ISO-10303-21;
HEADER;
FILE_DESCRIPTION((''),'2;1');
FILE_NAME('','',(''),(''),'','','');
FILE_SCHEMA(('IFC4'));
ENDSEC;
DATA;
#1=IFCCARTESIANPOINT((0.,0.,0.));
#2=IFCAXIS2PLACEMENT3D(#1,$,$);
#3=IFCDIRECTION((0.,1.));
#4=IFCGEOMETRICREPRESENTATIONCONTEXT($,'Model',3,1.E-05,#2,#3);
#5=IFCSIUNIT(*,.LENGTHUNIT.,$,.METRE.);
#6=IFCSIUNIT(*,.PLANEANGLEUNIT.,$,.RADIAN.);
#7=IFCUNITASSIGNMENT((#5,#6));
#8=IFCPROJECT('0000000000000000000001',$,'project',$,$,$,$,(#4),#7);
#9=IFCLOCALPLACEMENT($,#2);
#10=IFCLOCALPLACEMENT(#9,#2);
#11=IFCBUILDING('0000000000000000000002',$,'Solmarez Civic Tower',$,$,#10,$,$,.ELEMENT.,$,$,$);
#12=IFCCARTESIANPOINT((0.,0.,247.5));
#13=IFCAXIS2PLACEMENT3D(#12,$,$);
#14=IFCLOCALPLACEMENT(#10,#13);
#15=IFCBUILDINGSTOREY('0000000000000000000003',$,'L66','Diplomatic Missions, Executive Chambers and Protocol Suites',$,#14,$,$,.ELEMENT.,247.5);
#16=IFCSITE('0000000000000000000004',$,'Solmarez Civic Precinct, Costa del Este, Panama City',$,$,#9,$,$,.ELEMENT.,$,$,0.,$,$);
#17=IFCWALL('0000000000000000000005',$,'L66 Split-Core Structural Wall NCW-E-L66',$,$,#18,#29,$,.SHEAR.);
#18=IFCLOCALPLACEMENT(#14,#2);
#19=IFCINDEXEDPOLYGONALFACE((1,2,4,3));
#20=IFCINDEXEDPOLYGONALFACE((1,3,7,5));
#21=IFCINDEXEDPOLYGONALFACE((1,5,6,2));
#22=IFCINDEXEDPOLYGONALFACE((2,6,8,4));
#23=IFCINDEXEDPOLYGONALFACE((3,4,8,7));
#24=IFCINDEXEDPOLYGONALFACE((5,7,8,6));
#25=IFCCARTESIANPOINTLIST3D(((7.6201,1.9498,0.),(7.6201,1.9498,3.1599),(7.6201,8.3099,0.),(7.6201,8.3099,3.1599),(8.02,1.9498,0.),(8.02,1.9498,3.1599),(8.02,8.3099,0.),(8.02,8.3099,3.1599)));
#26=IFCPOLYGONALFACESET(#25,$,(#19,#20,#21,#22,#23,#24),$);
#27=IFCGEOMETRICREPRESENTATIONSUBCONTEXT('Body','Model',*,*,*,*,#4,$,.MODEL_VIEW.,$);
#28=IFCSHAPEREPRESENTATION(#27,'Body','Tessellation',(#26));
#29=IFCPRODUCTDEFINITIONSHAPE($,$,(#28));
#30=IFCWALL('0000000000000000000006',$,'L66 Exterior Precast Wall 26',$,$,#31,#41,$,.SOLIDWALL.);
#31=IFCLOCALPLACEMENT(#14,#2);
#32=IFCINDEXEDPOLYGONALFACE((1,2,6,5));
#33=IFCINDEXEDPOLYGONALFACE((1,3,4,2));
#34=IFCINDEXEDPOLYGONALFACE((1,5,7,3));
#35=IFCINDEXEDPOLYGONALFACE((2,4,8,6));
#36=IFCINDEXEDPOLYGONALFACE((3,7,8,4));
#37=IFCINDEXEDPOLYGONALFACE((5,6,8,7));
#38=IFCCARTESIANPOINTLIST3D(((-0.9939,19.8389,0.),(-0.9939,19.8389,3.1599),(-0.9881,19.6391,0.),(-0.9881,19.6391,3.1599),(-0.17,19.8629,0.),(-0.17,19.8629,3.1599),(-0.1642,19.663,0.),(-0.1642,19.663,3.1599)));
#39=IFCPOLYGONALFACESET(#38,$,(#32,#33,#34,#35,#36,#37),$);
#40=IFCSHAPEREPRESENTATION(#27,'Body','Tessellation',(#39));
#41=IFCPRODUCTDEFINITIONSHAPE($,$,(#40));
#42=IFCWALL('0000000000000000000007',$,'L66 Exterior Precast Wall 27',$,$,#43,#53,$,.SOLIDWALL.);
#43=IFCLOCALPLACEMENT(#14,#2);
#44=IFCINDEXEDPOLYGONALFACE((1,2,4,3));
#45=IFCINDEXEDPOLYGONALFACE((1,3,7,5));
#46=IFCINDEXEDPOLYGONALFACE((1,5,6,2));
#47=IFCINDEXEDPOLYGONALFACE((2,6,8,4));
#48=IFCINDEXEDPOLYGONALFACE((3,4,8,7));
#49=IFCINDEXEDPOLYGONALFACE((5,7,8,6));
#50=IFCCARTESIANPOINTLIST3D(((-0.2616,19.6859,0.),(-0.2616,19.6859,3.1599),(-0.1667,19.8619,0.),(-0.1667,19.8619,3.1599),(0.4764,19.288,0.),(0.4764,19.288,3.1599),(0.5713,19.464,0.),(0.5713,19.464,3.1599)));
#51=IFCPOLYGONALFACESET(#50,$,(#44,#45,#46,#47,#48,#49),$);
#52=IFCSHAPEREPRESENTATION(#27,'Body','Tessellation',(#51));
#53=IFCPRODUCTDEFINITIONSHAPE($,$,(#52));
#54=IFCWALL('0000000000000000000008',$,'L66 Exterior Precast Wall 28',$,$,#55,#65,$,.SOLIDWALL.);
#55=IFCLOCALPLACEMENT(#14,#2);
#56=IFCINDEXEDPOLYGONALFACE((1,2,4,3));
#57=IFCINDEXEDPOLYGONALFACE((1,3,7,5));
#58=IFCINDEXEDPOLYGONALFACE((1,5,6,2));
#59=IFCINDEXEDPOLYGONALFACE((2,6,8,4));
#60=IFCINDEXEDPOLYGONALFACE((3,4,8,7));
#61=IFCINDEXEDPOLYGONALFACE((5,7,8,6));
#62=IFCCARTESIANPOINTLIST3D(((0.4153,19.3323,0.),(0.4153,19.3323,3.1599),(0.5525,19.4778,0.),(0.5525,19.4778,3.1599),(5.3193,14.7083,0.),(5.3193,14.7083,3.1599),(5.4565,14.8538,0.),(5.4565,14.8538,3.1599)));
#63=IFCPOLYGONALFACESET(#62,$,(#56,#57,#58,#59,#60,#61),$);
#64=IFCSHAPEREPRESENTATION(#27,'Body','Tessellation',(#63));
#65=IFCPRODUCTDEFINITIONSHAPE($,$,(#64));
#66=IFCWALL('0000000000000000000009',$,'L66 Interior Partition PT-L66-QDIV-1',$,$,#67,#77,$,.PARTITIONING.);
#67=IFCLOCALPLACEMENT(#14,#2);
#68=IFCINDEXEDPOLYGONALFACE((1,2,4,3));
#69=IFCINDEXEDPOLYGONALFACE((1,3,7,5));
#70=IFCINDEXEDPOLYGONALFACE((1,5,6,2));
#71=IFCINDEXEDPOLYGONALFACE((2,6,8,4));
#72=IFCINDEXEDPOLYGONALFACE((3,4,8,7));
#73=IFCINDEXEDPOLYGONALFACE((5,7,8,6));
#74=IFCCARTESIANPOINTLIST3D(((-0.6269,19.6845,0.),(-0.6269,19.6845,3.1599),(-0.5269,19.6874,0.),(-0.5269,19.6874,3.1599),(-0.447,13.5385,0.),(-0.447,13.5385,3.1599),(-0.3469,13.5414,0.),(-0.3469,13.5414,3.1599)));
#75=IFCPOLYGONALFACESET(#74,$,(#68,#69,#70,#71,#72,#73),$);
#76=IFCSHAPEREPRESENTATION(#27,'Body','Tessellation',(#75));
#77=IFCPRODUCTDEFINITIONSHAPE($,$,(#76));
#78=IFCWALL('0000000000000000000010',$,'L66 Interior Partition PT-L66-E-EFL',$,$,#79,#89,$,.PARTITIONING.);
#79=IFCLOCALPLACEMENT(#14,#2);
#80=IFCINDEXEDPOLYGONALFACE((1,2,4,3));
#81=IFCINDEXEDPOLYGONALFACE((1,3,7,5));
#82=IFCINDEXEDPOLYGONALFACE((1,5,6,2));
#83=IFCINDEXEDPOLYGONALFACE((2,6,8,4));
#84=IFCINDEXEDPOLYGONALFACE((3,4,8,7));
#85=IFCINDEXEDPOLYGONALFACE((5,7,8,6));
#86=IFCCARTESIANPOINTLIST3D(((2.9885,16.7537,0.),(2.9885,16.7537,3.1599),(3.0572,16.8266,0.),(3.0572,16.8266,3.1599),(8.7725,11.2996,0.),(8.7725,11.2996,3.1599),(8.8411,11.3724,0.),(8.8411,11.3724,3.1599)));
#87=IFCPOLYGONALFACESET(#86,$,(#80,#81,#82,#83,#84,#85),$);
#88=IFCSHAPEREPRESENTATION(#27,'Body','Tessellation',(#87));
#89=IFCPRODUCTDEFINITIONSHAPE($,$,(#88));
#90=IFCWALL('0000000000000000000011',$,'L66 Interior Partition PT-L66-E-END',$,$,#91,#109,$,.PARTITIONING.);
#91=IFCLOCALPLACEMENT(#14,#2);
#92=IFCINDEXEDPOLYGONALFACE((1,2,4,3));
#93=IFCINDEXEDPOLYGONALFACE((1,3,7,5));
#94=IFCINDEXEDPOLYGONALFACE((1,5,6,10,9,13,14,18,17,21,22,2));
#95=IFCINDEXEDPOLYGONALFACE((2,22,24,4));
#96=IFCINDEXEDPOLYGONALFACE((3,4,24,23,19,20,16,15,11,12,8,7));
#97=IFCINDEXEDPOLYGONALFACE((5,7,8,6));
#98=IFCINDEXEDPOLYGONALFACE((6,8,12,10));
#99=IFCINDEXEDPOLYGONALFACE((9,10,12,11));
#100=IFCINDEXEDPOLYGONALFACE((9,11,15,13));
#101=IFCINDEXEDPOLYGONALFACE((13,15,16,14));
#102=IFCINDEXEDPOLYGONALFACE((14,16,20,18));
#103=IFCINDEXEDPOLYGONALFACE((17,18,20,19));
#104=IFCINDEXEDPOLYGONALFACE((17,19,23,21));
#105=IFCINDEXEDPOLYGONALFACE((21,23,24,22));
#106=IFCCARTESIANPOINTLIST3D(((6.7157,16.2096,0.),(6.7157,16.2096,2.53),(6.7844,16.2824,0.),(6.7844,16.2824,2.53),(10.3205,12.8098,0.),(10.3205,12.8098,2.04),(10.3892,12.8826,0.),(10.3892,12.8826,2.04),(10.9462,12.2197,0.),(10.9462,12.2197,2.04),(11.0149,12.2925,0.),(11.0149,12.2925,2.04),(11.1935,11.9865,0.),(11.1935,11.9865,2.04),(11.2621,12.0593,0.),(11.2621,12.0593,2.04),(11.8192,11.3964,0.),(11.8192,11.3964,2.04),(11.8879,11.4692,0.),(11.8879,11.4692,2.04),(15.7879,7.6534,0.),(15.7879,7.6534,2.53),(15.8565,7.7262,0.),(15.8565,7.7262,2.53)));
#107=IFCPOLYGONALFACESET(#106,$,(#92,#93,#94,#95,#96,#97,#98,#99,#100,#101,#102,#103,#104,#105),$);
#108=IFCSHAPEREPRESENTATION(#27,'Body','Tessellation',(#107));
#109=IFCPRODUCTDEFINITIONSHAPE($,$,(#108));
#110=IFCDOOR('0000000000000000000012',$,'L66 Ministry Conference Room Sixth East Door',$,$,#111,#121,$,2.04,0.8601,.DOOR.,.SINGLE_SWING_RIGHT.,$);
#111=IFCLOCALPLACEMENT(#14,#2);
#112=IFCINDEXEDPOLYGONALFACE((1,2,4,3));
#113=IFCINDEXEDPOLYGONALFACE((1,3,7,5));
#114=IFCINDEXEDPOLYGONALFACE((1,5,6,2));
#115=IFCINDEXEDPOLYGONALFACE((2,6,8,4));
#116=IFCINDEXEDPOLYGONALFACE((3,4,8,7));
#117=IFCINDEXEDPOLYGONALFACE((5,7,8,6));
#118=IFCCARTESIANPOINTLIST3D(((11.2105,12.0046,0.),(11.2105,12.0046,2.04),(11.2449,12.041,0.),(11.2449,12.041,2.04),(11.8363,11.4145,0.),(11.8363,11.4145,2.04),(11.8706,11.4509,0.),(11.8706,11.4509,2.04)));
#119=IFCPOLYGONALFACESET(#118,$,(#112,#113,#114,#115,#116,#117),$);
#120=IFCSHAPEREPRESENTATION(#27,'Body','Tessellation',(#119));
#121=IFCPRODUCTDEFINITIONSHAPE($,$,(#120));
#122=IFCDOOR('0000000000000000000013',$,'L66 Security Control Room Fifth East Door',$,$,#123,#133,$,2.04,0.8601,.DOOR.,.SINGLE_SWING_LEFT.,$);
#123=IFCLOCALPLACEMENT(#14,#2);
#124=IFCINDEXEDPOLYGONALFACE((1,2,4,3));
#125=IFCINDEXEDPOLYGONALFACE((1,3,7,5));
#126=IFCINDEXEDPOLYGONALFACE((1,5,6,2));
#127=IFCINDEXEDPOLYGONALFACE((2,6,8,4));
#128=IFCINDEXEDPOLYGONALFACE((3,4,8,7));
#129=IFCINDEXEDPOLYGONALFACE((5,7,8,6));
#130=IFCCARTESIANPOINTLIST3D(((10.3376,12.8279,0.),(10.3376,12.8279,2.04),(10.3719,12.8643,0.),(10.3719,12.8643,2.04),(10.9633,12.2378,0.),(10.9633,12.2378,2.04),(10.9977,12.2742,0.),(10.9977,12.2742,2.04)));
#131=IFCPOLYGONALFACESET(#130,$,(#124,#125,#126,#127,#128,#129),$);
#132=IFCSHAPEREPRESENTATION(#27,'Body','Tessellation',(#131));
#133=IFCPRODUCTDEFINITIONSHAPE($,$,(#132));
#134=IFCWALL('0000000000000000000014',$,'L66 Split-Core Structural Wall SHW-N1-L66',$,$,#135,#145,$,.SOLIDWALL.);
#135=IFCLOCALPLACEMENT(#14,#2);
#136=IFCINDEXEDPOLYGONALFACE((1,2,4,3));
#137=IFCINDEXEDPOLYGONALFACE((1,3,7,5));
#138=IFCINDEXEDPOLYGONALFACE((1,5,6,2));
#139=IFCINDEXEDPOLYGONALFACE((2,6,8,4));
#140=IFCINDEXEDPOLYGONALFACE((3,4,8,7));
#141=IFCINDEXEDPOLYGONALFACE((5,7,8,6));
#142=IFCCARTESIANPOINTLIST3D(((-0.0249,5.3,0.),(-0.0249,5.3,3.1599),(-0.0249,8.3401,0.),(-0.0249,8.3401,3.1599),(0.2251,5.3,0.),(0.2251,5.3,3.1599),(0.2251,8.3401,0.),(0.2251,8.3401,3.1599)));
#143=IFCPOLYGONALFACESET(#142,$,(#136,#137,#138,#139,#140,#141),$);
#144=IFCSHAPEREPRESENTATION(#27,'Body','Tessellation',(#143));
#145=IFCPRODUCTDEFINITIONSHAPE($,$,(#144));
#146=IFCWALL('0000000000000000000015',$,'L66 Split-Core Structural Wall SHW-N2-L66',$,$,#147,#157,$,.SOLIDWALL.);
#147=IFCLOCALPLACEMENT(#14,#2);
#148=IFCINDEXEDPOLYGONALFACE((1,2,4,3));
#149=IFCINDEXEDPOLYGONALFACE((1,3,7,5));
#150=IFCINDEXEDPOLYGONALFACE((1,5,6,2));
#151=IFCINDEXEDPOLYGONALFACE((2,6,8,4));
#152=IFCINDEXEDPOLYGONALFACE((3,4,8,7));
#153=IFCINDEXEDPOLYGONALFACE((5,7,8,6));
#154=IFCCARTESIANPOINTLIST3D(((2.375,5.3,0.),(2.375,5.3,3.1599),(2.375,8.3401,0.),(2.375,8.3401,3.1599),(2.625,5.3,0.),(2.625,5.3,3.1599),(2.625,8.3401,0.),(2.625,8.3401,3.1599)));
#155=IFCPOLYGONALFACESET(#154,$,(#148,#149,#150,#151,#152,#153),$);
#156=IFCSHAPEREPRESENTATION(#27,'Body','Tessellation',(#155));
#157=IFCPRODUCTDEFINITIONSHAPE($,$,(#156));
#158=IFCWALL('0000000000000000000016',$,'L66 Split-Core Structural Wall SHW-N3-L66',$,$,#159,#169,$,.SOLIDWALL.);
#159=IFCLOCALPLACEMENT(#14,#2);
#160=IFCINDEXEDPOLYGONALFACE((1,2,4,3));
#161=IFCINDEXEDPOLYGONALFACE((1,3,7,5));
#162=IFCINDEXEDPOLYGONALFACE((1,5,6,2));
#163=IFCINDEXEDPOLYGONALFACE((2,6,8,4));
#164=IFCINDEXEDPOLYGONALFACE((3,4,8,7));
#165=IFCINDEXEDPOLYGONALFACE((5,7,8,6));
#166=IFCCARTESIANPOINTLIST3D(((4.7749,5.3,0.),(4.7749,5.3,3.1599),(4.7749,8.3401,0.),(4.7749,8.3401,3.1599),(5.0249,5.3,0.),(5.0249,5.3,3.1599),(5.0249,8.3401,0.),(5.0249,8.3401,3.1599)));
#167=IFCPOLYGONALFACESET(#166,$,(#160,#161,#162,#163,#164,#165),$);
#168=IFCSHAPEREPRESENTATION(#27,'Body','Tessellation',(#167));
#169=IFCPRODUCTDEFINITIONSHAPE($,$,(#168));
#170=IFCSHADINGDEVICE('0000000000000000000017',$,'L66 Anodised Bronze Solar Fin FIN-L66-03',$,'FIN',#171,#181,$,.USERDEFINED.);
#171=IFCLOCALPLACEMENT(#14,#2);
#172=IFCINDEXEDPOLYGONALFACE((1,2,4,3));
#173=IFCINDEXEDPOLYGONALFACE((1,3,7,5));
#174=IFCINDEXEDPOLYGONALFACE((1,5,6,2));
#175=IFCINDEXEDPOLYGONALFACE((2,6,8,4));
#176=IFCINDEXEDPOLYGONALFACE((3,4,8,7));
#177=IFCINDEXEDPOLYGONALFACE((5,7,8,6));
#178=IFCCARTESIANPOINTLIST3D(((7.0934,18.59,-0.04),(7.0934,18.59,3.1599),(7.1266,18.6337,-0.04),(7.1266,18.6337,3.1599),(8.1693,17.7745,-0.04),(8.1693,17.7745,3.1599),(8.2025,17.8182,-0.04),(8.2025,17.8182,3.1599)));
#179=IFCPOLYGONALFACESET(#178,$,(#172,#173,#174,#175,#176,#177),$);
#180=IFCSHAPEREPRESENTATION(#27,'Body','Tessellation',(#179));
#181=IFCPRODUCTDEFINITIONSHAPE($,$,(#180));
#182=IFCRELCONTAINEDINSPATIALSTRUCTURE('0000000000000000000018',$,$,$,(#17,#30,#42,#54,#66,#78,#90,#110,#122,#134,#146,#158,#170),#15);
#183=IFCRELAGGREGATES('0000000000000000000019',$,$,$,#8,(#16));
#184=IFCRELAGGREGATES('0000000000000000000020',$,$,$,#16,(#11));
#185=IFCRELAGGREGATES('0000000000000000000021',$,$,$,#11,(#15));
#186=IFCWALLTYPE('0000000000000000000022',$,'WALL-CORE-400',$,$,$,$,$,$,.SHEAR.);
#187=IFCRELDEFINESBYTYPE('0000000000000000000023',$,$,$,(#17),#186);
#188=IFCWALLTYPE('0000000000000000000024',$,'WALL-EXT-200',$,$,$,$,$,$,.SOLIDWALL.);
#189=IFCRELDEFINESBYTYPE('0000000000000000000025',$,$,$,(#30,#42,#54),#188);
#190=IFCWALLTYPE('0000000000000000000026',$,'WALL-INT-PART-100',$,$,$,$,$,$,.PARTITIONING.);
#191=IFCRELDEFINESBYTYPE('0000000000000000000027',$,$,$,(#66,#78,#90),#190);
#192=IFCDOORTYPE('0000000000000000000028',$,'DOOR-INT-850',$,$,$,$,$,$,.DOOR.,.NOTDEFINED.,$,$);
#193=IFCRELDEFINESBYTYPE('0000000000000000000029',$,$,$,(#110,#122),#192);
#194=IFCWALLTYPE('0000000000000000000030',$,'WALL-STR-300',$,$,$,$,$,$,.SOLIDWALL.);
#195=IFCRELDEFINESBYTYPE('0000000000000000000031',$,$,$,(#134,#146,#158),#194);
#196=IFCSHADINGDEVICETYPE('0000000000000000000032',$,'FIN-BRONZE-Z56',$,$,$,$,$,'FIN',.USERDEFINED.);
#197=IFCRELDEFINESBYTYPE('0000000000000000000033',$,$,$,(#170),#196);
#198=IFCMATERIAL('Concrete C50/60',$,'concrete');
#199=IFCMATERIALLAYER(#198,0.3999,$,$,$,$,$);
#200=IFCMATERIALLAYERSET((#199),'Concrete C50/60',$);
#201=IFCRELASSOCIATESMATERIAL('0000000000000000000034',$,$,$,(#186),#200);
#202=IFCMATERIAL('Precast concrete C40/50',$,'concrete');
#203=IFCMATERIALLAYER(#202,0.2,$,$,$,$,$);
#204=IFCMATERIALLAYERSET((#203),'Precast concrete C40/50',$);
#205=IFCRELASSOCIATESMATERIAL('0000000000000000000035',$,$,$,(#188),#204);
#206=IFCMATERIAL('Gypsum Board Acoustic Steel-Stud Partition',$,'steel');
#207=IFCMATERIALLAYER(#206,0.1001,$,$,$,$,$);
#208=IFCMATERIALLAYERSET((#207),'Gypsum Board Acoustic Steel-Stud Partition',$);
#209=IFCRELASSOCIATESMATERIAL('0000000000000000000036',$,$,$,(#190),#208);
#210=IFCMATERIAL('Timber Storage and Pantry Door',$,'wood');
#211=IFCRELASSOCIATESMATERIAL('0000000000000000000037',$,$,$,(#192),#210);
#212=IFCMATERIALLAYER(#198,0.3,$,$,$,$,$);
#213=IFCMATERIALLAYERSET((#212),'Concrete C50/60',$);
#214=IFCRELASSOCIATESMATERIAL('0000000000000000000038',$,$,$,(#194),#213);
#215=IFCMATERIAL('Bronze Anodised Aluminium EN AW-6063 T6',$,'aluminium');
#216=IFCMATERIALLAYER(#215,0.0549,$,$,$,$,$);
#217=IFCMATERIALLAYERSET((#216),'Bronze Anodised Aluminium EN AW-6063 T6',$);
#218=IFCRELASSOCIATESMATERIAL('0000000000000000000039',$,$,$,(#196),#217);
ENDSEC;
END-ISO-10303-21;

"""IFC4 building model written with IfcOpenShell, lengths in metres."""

from ifc_helpers import new_model, si_unit, direction, frame, frame_2d, origin, origin_2d, place, context, subcontext, project, spatial, rectangle, extrude, material, layer, layer_set, type_object, element, fill, save


model = new_model("IFC4")

# Units and contexts
model_context = context("Model", 3, precision=1e-05, world=origin(), true_north=direction((0.0, 1.0)))
body_context = subcontext(model_context, "Body", "Model", "MODEL_VIEW")
ifc_project = project(units=[si_unit("LENGTHUNIT", "METRE"), si_unit("PLANEANGLEUNIT", "RADIAN")], contexts=[model_context])

# Site, building, storey
site_placement = place(None, origin())
site = spatial("IfcSite", under=ifc_project, at=site_placement, Name="Solmarez Civic Precinct, Costa del Este, Panama City", CompositionType="ELEMENT", RefElevation=0.0)
building_placement = place(site_placement, origin())
building = spatial("IfcBuilding", under=site, at=building_placement, Name="Solmarez Civic Tower", CompositionType="ELEMENT")
storey_placement = place(building_placement, frame((0.0, 0.0, 247.5)))
storey = spatial("IfcBuildingStorey", under=building, at=storey_placement, Name="L66", Description="Diplomatic Missions, Executive Chambers and Protocol Suites", CompositionType="ELEMENT", Elevation=247.5)

# Shared definitions
ifc_material_1 = material(Name="Concrete C50/60", Category="concrete")

# Shared definitions
ifc_material_2 = material(Name="Bronze Anodised Aluminium EN AW-6063 T6", Category="aluminium")

# Walls
ifc_layer_1 = layer(ifc_material_1, 0.3999)
ifc_layer_set_1 = layer_set([ifc_layer_1], Name="Concrete C50/60")
wall_type_1 = type_object("IfcWallType", Name="WALL-CORE-400", PredefinedType="SHEAR", material=ifc_layer_set_1)
wall_1_placement = place(storey_placement, frame((7.8201, 8.3101, 0.0), z_axis=(0.0, 0.0, 1.0), x_axis=(0.0, -1.0, 0.0)))
element("IfcWall", 1, at=wall_1_placement, inside=storey, type_object=wall_type_1, Name="L66 Split-Core Structural Wall NCW-E-L66", PredefinedType="SHEAR", context=body_context, shape_type="SweptSolid", body=[
    extrude(rectangle(XDim=6.3601, YDim=0.3999, at=frame_2d((3.1802, 0.0))), origin(), (0.0, 0.0, 1.0), 3.1599),
])
ifc_material_3 = material(Name="Precast concrete C40/50", Category="concrete")
ifc_layer_2 = layer(ifc_material_3, 0.2)
ifc_layer_set_2 = layer_set([ifc_layer_2], Name="Precast concrete C40/50")
wall_type_2 = type_object("IfcWallType", Name="WALL-EXT-200", PredefinedType="SOLIDWALL", material=ifc_layer_set_2)
wall_2_placement = place(storey_placement, frame((-0.991, 19.739, 0.0), z_axis=(0.0, 0.0, 1.0), x_axis=(0.999579, 0.029025, 0.0)))
element("IfcWall", 2, at=wall_2_placement, inside=storey, type_object=wall_type_2, Name="L66 Exterior Precast Wall 26", PredefinedType="SOLIDWALL", context=body_context, shape_type="SweptSolid", body=[
    extrude(rectangle(XDim=0.8242, YDim=0.2, at=frame_2d((0.4121, 0.0))), origin(), (0.0, 0.0, 1.0), 3.1599),
])
wall_3_placement = place(storey_placement, frame((-0.2141, 19.7739, 0.0), z_axis=(0.0, 0.0, 1.0), x_axis=(0.8802, -0.474603, 0.0)))
element("IfcWall", 3, at=wall_3_placement, inside=storey, type_object=wall_type_2, Name="L66 Exterior Precast Wall 27", PredefinedType="SOLIDWALL", context=body_context, shape_type="SweptSolid", body=[
    extrude(rectangle(XDim=0.8384, YDim=0.2, at=frame_2d((0.4192, 0.0))), origin(), (0.0, 0.0, 1.0), 3.1599),
])
wall_4_placement = place(storey_placement, frame((0.4839, 19.405, 0.0), z_axis=(0.0, 0.0, 1.0), x_axis=(0.727574, -0.686029, 0.0)))
element("IfcWall", 4, at=wall_4_placement, inside=storey, type_object=wall_type_2, Name="L66 Exterior Precast Wall 28", PredefinedType="SOLIDWALL", context=body_context, shape_type="SweptSolid", body=[
    extrude(rectangle(XDim=6.7402, YDim=0.2, at=frame_2d((3.3701, 0.0))), origin(), (0.0, 0.0, 1.0), 3.1599),
])
ifc_material_4 = material(Name="Gypsum Board Acoustic Steel-Stud Partition", Category="steel")
ifc_layer_3 = layer(ifc_material_4, 0.1001)
ifc_layer_set_3 = layer_set([ifc_layer_3], Name="Gypsum Board Acoustic Steel-Stud Partition")
wall_type_3 = type_object("IfcWallType", Name="WALL-INT-PART-100", PredefinedType="PARTITIONING", material=ifc_layer_set_3)
wall_5_placement = place(storey_placement, frame((-0.397, 13.54, 0.0), z_axis=(0.0, 0.0, 1.0), x_axis=(-0.029264, 0.999572, 0.0)))
element("IfcWall", 5, at=wall_5_placement, inside=storey, type_object=wall_type_3, Name="L66 Interior Partition PT-L66-QDIV-1", PredefinedType="PARTITIONING", context=body_context, shape_type="SweptSolid", body=[
    extrude(rectangle(XDim=6.1487, YDim=0.1001, at=frame_2d((3.0742, 0.0))), origin(), (0.0, 0.0, 1.0), 3.1599),
])
wall_6_placement = place(storey_placement, frame((8.8069, 11.3359, 0.0), z_axis=(0.0, 0.0, 1.0), x_axis=(-0.727547, 0.686058, 0.0)))
element("IfcWall", 6, at=wall_6_placement, inside=storey, type_object=wall_type_3, Name="L66 Interior Partition PT-L66-E-EFL", PredefinedType="PARTITIONING", context=body_context, shape_type="SweptSolid", body=[
    extrude(rectangle(XDim=7.95, YDim=0.1001, at=frame_2d((3.9751, 0.0))), origin(), (0.0, 0.0, 1.0), 3.1599),
])

# Wall, openings, doors
wall_7_placement = place(storey_placement, frame((6.75, 16.2461, 0.0), z_axis=(0.0, 0.0, 1.0), x_axis=(0.727488, -0.68612, 0.0)))
wall_7 = element("IfcWall", 7, at=wall_7_placement, inside=storey, type_object=wall_type_3, Name="L66 Interior Partition PT-L66-E-END", PredefinedType="PARTITIONING", context=body_context, shape_type="SweptSolid", body=[
    extrude(rectangle(XDim=12.4705, YDim=0.1001, at=frame_2d((6.2354, 0.0))), origin(), (0.0, 0.0, 1.0), 2.53),
])
opening_1_placement = place(wall_7_placement, frame((6.155, 0.0, 0.0)))
opening_1 = element("IfcOpeningElement", 8, at=opening_1_placement, cuts=wall_7, PredefinedType="OPENING", context=body_context, shape_type="SweptSolid", body=[
    extrude(rectangle(XDim=0.8601, YDim=2.04, at=frame_2d((0.4302, 1.02))), frame((0.0, 0.0601, 0.0), z_axis=(0.0, -1.0, 0.0), x_axis=(1.0, 0.0, 0.0)), (0.0, 0.0, 1.0), 0.1201),
])
opening_2_placement = place(wall_7_placement, frame((4.9551, 0.0, 0.0)))
opening_2 = element("IfcOpeningElement", 9, at=opening_2_placement, cuts=wall_7, PredefinedType="OPENING", context=body_context, shape_type="SweptSolid", body=[
    extrude(rectangle(XDim=0.8601, YDim=2.04, at=frame_2d((0.4302, 1.02))), frame((0.0, 0.0601, 0.0), z_axis=(0.0, -1.0, 0.0), x_axis=(1.0, 0.0, 0.0)), (0.0, 0.0, 1.0), 0.1201),
])
ifc_material_5 = material(Name="Timber Storage and Pantry Door", Category="wood")
door_type_1 = type_object("IfcDoorType", Name="DOOR-INT-850", OperationType="NOTDEFINED", PredefinedType="DOOR", material=ifc_material_5)
door_1_placement = place(opening_1_placement, origin())
door_1 = element("IfcDoor", 10, at=door_1_placement, inside=storey, type_object=door_type_1, Name="L66 Ministry Conference Room Sixth East Door", OperationType="SINGLE_SWING_RIGHT", OverallHeight=2.04, OverallWidth=0.8601, PredefinedType="DOOR", context=body_context, shape_type="SweptSolid", body=[
    extrude(rectangle(XDim=0.8601, YDim=2.04, at=frame_2d((0.4302, 1.02))), frame((0.0, 0.0249, 0.0), z_axis=(0.0, -1.0, 0.0), x_axis=(1.0, 0.0, 0.0)), (0.0, 0.0, 1.0), 0.05),
])
fill(opening_1, door_1)
door_2_placement = place(opening_2_placement, origin())
door_2 = element("IfcDoor", 11, at=door_2_placement, inside=storey, type_object=door_type_1, Name="L66 Security Control Room Fifth East Door", OperationType="SINGLE_SWING_LEFT", OverallHeight=2.04, OverallWidth=0.8601, PredefinedType="DOOR", context=body_context, shape_type="SweptSolid", body=[
    extrude(rectangle(XDim=0.8601, YDim=2.04, at=frame_2d((0.4302, 1.02))), frame((0.0, 0.0249, 0.0), z_axis=(0.0, -1.0, 0.0), x_axis=(1.0, 0.0, 0.0)), (0.0, 0.0, 1.0), 0.05),
])
fill(opening_2, door_2)
ifc_layer_4 = layer(ifc_material_1, 0.3)
ifc_layer_set_4 = layer_set([ifc_layer_4], Name="Concrete C50/60")
wall_type_4 = type_object("IfcWallType", Name="WALL-STR-300", PredefinedType="SOLIDWALL", material=ifc_layer_set_4)

# Walls
for number, where, z_axis, x_axis, name in (
    (12, (0.1001, 5.3, 0.0), (0.0, 0.0, 1.0), (0.0, 1.0, 0.0), "L66 Split-Core Structural Wall SHW-N1-L66"),
    (13, (2.5, 5.3, 0.0), (0.0, 0.0, 1.0), (0.0, 1.0, 0.0), "L66 Split-Core Structural Wall SHW-N2-L66"),
    (14, (4.8999, 5.3, 0.0), (0.0, 0.0, 1.0), (0.0, 1.0, 0.0), "L66 Split-Core Structural Wall SHW-N3-L66"),
):
    element("IfcWall", number, at=place(storey_placement, frame(where, z_axis=z_axis, x_axis=x_axis)), inside=storey, type_object=wall_type_4, Name=name, PredefinedType="SOLIDWALL", context=body_context, shape_type="SweptSolid", body=[
        extrude(rectangle(XDim=3.04, YDim=0.25, at=frame_2d((1.52, 0.0))), origin(), (0.0, 0.0, 1.0), 3.1599),
    ])

# Shading device
ifc_layer_5 = layer(ifc_material_2, 0.0549)
ifc_layer_set_5 = layer_set([ifc_layer_5], Name="Bronze Anodised Aluminium EN AW-6063 T6")
shading_device_type = type_object("IfcShadingDeviceType", Name="FIN-BRONZE-Z56", ElementType="FIN", PredefinedType="USERDEFINED", material=ifc_layer_set_5)
shading_device_placement = place(storey_placement, frame((7.6479, 18.2041, -0.04), z_axis=(0.0, 0.0, 1.0), x_axis=(-0.796952, 0.604043, 0.0)))
element("IfcShadingDevice", 15, at=shading_device_placement, inside=storey, type_object=shading_device_type, Name="L66 Anodised Bronze Solar Fin FIN-L66-03", ObjectType="FIN", PredefinedType="USERDEFINED", context=body_context, shape_type="SweptSolid", body=[
    extrude(rectangle(XDim=1.3501, YDim=0.0549, at=origin_2d()), origin(), (0.0, 0.0, 1.0), 3.2),
])

save(model, "model.ifc")
